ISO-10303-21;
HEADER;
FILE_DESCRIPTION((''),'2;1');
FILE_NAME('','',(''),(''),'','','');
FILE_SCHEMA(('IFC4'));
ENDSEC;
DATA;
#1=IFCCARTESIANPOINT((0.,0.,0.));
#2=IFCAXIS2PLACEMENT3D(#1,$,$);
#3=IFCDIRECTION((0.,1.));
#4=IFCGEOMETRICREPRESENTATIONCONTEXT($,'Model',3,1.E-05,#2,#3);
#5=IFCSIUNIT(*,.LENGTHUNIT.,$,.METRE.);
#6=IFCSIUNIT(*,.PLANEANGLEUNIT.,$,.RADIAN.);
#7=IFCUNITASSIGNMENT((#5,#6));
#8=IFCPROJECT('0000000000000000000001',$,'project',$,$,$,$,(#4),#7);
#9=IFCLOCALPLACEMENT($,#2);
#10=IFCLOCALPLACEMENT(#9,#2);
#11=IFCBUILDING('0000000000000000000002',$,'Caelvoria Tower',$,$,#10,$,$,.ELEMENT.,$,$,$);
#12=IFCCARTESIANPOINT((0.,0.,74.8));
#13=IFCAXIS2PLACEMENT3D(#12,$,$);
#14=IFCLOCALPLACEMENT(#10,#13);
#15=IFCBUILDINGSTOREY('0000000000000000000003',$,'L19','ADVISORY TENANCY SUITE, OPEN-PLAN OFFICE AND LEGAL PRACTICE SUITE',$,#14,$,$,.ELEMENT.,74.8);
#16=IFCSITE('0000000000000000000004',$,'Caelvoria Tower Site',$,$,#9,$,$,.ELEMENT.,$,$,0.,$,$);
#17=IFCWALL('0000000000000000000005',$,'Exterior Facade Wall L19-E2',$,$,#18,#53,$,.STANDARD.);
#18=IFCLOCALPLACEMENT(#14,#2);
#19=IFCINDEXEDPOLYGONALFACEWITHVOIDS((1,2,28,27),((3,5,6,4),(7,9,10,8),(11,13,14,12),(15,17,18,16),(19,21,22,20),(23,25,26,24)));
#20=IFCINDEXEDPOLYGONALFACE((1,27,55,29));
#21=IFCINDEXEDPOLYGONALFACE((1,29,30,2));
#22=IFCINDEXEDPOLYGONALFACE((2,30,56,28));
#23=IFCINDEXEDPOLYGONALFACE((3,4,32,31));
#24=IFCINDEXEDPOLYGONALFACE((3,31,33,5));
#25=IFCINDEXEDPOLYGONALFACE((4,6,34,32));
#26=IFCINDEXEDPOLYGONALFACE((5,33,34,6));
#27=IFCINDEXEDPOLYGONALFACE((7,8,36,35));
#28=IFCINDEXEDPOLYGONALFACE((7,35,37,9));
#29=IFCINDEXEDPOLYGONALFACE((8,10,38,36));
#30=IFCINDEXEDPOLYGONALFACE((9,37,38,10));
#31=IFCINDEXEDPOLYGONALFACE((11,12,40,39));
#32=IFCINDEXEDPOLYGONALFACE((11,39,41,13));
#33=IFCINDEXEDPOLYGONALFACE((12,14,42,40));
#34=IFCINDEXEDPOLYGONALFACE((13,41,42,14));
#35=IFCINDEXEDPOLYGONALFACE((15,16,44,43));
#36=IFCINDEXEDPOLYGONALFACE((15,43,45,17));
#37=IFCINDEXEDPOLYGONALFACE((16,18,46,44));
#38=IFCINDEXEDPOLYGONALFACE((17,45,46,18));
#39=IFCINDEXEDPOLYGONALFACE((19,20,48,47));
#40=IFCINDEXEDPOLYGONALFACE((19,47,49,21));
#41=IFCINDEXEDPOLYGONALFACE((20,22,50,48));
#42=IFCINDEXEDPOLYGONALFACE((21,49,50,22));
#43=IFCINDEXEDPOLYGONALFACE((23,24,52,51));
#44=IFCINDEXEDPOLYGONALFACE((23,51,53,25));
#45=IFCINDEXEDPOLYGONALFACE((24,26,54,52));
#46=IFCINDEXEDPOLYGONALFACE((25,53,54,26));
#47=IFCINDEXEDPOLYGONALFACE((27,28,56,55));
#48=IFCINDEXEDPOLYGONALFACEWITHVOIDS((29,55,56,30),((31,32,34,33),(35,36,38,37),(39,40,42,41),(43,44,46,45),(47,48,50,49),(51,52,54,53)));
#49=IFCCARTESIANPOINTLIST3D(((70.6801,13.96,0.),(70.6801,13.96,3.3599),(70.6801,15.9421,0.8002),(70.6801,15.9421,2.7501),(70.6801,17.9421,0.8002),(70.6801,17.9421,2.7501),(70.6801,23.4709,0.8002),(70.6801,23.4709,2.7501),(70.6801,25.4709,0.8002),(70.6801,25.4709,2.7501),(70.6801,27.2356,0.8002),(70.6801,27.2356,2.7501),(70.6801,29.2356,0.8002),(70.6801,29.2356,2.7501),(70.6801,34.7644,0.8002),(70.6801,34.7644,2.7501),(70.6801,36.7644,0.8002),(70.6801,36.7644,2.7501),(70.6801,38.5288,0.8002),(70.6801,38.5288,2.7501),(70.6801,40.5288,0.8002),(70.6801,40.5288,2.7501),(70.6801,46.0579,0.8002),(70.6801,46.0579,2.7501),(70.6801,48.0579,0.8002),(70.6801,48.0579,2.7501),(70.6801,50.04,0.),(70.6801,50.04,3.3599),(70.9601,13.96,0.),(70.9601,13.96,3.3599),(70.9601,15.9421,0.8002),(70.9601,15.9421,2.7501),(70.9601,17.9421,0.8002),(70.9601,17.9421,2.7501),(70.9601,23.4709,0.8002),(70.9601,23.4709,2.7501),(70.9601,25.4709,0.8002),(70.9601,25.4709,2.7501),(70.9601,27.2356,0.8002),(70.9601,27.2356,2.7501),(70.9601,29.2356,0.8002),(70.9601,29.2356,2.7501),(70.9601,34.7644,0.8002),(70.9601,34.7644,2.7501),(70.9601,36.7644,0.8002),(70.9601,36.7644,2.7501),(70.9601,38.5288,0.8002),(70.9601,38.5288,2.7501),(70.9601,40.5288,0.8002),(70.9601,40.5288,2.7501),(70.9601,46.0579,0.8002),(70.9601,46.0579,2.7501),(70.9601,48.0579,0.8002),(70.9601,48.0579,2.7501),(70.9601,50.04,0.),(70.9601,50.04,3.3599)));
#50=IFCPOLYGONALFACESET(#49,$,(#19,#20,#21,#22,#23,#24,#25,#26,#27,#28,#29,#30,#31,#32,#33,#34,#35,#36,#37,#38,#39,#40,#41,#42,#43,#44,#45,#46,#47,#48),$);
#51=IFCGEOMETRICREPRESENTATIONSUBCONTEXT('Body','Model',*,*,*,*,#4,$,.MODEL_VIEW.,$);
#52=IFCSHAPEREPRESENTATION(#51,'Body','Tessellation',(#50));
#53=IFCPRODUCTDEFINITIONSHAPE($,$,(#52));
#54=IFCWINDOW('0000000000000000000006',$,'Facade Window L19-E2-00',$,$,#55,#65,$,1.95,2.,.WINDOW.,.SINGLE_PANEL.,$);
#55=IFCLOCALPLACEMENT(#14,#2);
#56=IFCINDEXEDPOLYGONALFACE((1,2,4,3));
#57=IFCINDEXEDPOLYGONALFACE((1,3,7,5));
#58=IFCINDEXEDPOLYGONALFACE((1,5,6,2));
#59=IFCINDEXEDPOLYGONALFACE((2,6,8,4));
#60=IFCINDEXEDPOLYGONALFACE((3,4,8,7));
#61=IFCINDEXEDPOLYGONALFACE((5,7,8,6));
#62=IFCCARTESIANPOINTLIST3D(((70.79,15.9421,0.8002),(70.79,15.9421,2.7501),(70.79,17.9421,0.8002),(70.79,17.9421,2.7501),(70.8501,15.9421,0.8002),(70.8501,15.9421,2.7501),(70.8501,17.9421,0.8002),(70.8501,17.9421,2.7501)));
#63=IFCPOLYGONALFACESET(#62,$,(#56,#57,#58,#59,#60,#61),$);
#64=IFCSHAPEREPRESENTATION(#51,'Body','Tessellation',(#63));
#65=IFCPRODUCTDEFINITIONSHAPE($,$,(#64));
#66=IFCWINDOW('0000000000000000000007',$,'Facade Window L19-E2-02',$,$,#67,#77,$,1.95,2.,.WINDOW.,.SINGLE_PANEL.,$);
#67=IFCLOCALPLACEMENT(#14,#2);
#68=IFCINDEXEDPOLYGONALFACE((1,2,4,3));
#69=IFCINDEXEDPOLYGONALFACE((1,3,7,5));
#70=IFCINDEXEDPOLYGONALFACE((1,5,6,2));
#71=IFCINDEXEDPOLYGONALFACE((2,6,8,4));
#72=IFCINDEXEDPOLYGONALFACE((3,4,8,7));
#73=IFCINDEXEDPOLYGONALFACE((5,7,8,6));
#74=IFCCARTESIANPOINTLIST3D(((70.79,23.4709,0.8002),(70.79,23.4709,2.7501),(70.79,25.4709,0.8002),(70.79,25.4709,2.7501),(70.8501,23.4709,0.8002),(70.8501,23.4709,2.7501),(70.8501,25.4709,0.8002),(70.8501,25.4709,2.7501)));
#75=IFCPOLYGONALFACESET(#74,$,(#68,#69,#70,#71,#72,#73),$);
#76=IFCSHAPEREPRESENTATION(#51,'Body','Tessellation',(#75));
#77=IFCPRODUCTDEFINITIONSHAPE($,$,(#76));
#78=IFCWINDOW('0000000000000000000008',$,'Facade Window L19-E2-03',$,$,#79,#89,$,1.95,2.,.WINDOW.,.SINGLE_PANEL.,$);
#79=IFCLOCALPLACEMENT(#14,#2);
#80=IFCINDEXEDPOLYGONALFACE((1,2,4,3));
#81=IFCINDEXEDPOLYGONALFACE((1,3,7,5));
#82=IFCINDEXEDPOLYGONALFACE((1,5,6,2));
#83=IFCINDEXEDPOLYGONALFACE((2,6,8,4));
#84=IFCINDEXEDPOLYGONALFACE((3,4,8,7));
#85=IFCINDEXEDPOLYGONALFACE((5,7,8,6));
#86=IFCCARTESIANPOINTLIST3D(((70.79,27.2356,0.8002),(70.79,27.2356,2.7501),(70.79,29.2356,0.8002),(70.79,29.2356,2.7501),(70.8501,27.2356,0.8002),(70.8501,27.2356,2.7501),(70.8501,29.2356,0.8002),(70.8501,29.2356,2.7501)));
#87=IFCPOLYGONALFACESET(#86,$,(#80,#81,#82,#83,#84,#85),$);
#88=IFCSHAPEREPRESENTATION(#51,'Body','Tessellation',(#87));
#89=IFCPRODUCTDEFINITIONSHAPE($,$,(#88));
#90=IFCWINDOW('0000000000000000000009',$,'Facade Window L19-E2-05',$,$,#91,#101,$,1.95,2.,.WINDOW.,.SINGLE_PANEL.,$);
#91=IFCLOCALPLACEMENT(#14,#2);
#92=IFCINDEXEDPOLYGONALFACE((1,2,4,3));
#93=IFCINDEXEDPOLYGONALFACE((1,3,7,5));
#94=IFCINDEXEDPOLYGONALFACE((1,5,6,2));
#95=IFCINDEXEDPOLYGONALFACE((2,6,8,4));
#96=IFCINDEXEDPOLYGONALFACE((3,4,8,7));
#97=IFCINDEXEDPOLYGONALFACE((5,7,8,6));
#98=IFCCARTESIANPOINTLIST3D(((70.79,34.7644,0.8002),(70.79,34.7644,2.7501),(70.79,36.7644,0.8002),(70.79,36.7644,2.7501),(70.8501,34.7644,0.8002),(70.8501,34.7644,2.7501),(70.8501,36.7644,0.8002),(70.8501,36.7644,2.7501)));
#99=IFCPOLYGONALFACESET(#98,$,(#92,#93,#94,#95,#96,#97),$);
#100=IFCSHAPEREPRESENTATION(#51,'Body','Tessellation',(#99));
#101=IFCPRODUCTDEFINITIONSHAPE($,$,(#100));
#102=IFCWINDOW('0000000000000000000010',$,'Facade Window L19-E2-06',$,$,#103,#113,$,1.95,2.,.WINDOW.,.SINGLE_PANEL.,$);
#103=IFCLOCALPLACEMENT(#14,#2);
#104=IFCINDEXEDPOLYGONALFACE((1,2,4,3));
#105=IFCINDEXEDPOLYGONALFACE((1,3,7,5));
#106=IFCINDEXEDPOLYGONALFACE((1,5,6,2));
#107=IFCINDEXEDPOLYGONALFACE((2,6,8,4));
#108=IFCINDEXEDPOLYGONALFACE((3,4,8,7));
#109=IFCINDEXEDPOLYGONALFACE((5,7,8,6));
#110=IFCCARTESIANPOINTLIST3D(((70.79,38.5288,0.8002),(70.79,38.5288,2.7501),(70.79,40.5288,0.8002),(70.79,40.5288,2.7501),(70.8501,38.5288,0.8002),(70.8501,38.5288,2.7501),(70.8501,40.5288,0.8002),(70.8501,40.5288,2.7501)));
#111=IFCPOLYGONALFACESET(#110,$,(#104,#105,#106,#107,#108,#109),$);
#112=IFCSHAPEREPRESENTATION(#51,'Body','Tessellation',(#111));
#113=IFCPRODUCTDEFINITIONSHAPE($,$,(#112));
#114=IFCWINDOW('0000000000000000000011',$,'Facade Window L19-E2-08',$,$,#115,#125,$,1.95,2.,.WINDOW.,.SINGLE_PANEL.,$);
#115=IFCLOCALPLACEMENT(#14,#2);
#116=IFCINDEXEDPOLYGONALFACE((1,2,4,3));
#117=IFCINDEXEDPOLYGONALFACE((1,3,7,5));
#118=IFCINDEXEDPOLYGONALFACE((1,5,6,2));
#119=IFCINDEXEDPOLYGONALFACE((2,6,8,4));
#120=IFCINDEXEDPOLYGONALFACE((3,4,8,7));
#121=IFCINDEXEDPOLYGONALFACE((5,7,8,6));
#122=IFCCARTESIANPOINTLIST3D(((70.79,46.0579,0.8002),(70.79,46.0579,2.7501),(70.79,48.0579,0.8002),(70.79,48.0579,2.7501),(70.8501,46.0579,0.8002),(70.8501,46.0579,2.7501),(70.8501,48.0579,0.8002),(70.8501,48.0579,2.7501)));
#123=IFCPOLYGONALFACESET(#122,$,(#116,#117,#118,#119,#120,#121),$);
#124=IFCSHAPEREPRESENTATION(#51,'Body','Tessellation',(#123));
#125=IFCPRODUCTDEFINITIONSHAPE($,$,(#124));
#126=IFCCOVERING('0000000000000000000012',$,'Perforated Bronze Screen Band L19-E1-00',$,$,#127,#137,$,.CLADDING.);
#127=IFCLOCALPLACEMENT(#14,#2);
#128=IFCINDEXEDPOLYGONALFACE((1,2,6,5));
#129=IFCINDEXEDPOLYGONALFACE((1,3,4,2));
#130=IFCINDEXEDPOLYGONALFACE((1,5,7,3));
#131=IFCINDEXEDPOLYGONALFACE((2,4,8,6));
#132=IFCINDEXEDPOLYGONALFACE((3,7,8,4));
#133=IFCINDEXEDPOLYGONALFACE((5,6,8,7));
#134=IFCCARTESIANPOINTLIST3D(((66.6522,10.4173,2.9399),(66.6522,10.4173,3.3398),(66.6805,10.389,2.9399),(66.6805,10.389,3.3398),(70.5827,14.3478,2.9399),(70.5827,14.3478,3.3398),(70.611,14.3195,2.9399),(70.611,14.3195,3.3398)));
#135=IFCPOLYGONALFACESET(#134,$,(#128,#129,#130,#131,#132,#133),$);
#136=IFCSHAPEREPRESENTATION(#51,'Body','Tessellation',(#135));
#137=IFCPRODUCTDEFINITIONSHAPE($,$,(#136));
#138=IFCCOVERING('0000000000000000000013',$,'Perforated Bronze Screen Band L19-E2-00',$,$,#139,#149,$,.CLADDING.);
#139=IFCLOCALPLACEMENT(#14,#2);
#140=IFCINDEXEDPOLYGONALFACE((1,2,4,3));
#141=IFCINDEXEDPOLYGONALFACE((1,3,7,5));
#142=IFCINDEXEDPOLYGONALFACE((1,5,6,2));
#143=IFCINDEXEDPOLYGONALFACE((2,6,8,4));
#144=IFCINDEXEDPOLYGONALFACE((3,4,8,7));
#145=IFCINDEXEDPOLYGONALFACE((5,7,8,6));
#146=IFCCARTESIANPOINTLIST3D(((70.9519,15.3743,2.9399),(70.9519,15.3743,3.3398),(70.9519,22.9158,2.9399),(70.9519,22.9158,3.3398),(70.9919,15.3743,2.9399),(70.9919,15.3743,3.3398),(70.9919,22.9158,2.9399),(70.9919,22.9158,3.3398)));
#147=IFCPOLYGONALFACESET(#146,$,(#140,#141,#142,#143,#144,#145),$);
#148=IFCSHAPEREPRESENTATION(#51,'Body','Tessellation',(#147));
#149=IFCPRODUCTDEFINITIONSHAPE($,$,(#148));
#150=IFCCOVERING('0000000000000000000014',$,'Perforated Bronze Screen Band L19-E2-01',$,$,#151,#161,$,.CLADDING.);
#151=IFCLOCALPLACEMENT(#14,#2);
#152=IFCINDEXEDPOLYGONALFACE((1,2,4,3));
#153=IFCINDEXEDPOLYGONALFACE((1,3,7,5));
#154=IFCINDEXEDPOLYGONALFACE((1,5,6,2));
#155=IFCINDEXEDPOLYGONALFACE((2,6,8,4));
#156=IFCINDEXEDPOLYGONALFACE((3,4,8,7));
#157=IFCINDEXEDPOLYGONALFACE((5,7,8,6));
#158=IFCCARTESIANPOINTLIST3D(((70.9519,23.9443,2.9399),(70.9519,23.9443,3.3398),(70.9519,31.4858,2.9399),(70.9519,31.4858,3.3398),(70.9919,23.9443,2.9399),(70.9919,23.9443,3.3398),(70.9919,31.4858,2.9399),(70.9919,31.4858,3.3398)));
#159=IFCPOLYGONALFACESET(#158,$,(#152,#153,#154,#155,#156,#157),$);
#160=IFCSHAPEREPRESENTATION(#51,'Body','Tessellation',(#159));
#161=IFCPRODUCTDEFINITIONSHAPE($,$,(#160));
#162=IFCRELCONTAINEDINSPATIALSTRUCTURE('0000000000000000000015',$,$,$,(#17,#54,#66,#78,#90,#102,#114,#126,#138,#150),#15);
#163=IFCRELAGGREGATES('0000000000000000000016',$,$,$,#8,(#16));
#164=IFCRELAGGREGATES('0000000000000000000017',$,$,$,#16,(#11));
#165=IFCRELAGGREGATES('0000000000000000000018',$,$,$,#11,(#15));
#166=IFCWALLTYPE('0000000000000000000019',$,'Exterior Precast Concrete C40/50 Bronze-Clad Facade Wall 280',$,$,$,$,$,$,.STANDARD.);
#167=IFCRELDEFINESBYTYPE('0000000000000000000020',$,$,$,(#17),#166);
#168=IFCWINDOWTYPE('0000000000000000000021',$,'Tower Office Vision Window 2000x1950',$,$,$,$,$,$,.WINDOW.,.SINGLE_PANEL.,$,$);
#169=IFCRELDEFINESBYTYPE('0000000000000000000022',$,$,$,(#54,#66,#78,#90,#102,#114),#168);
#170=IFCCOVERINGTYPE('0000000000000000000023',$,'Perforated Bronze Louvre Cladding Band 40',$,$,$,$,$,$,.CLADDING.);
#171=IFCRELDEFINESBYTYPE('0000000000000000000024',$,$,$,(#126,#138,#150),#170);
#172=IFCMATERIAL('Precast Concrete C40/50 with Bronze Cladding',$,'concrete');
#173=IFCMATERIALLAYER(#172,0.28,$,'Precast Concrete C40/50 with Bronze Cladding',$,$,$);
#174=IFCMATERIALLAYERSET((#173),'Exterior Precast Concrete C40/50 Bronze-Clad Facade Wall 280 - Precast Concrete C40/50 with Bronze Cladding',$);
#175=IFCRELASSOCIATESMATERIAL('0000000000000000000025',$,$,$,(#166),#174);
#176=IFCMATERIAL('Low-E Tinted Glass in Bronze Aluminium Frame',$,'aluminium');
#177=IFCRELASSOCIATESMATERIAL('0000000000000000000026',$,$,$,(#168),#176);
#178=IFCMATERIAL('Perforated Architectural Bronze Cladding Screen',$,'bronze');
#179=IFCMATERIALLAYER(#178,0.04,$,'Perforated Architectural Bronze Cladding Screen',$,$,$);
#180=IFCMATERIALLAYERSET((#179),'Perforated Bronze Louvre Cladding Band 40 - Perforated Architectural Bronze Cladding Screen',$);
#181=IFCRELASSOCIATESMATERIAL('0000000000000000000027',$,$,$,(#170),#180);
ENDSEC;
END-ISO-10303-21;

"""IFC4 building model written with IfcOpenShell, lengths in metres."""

from ifc_helpers import new_model, si_unit, direction, frame, frame_2d, origin, origin_2d, place, context, subcontext, project, spatial, rectangle, extrude, material, layer, layer_set, type_object, element, fill, save


model = new_model("IFC4")

# Units and contexts
model_context = context("Model", 3, precision=1e-05, world=origin(), true_north=direction((0.0, 1.0)))
body_context = subcontext(model_context, "Body", "Model", "MODEL_VIEW")
ifc_project = project(units=[si_unit("LENGTHUNIT", "METRE"), si_unit("PLANEANGLEUNIT", "RADIAN")], contexts=[model_context])

# Site, building, storey
site_placement = place(None, origin())
site = spatial("IfcSite", under=ifc_project, at=site_placement, Name="Caelvoria Tower Site", CompositionType="ELEMENT", RefElevation=0.0)
building_placement = place(site_placement, origin())
building = spatial("IfcBuilding", under=site, at=building_placement, Name="Caelvoria Tower", CompositionType="ELEMENT")
storey_placement = place(building_placement, frame((0.0, 0.0, 74.8)))
storey = spatial("IfcBuildingStorey", under=building, at=storey_placement, Name="L19", Description="ADVISORY TENANCY SUITE, OPEN-PLAN OFFICE AND LEGAL PRACTICE SUITE", CompositionType="ELEMENT", Elevation=74.8)

# Shared definitions
ifc_material_1 = material(Name="Precast Concrete C40/50 with Bronze Cladding", Category="concrete")
ifc_layer_1 = layer(ifc_material_1, 0.28, Name="Precast Concrete C40/50 with Bronze Cladding")
ifc_layer_set_1 = layer_set([ifc_layer_1], Name="Exterior Precast Concrete C40/50 Bronze-Clad Facade Wall 280 - Precast Concrete C40/50 with Bronze Cladding")
wall_type = type_object("IfcWallType", Name="Exterior Precast Concrete C40/50 Bronze-Clad Facade Wall 280", PredefinedType="STANDARD", material=ifc_layer_set_1)

# Wall, openings, windows
wall_1_placement = place(storey_placement, frame((70.8201, 13.96, 0.0), z_axis=(0.0, 0.0, 1.0), x_axis=(0.0, 1.0, 0.0)))
wall_1 = element("IfcWall", 1, at=wall_1_placement, inside=storey, type_object=wall_type, Name="Exterior Facade Wall L19-E2", PredefinedType="STANDARD", context=body_context, shape_type="SweptSolid", body=[
    extrude(rectangle(XDim=36.0801, YDim=0.28, at=frame_2d((18.04, 0.0))), origin(), (0.0, 0.0, 1.0), 3.3599),
])
opening_1_placement = place(wall_1_placement, frame((1.9822, 0.0, 0.8)))
opening_1 = element("IfcOpeningElement", 2, at=opening_1_placement, cuts=wall_1, PredefinedType="OPENING", context=body_context, shape_type="SweptSolid", body=[
    extrude(rectangle(XDim=2.0, YDim=1.95, at=frame_2d((1.0, 0.9751))), frame((0.0, 0.1499, 0.0), z_axis=(0.0, -1.0, 0.0), x_axis=(1.0, 0.0, 0.0)), (0.0, 0.0, 1.0), 0.3),
])
opening_2_placement = place(wall_1_placement, frame((9.511, 0.0, 0.8)))
opening_2 = element("IfcOpeningElement", 3, at=opening_2_placement, cuts=wall_1, PredefinedType="OPENING", context=body_context, shape_type="SweptSolid", body=[
    extrude(rectangle(XDim=2.0, YDim=1.95, at=frame_2d((1.0, 0.9751))), frame((0.0, 0.1499, 0.0), z_axis=(0.0, -1.0, 0.0), x_axis=(1.0, 0.0, 0.0)), (0.0, 0.0, 1.0), 0.3),
])
opening_3_placement = place(wall_1_placement, frame((13.2756, 0.0, 0.8)))
opening_3 = element("IfcOpeningElement", 4, at=opening_3_placement, cuts=wall_1, PredefinedType="OPENING", context=body_context, shape_type="SweptSolid", body=[
    extrude(rectangle(XDim=2.0, YDim=1.95, at=frame_2d((1.0, 0.9751))), frame((0.0, 0.1499, 0.0), z_axis=(0.0, -1.0, 0.0), x_axis=(1.0, 0.0, 0.0)), (0.0, 0.0, 1.0), 0.3),
])
opening_4_placement = place(wall_1_placement, frame((20.8044, 0.0, 0.8)))
opening_4 = element("IfcOpeningElement", 5, at=opening_4_placement, cuts=wall_1, PredefinedType="OPENING", context=body_context, shape_type="SweptSolid", body=[
    extrude(rectangle(XDim=2.0, YDim=1.95, at=frame_2d((1.0, 0.9751))), frame((0.0, 0.1499, 0.0), z_axis=(0.0, -1.0, 0.0), x_axis=(1.0, 0.0, 0.0)), (0.0, 0.0, 1.0), 0.3),
])
opening_5_placement = place(wall_1_placement, frame((24.5688, 0.0, 0.8)))
opening_5 = element("IfcOpeningElement", 6, at=opening_5_placement, cuts=wall_1, PredefinedType="OPENING", context=body_context, shape_type="SweptSolid", body=[
    extrude(rectangle(XDim=2.0, YDim=1.95, at=frame_2d((1.0, 0.9751))), frame((0.0, 0.1499, 0.0), z_axis=(0.0, -1.0, 0.0), x_axis=(1.0, 0.0, 0.0)), (0.0, 0.0, 1.0), 0.3),
])
opening_6_placement = place(wall_1_placement, frame((32.0979, 0.0, 0.8)))
opening_6 = element("IfcOpeningElement", 7, at=opening_6_placement, cuts=wall_1, PredefinedType="OPENING", context=body_context, shape_type="SweptSolid", body=[
    extrude(rectangle(XDim=2.0, YDim=1.95, at=frame_2d((1.0, 0.9751))), frame((0.0, 0.1499, 0.0), z_axis=(0.0, -1.0, 0.0), x_axis=(1.0, 0.0, 0.0)), (0.0, 0.0, 1.0), 0.3),
])
ifc_material_2 = material(Name="Low-E Tinted Glass in Bronze Aluminium Frame", Category="aluminium")
window_type = type_object("IfcWindowType", Name="Tower Office Vision Window 2000x1950", PartitioningType="SINGLE_PANEL", PredefinedType="WINDOW", material=ifc_material_2)
window_1_placement = place(opening_1_placement, origin())
window_1 = element("IfcWindow", 8, at=window_1_placement, inside=storey, type_object=window_type, Name="Facade Window L19-E2-00", OverallHeight=1.95, OverallWidth=2.0, PartitioningType="SINGLE_PANEL", PredefinedType="WINDOW", context=body_context, shape_type="SweptSolid", body=[
    extrude(rectangle(XDim=2.0, YDim=1.95, at=frame_2d((1.0, 0.9751))), frame((0.0, 0.03, 0.0), z_axis=(0.0, -1.0, 0.0), x_axis=(1.0, 0.0, 0.0)), (0.0, 0.0, 1.0), 0.0601),
])
fill(opening_1, window_1)
window_2_placement = place(opening_2_placement, origin())
window_2 = element("IfcWindow", 9, at=window_2_placement, inside=storey, type_object=window_type, Name="Facade Window L19-E2-02", OverallHeight=1.95, OverallWidth=2.0, PartitioningType="SINGLE_PANEL", PredefinedType="WINDOW", context=body_context, shape_type="SweptSolid", body=[
    extrude(rectangle(XDim=2.0, YDim=1.95, at=frame_2d((1.0, 0.9751))), frame((0.0, 0.03, 0.0), z_axis=(0.0, -1.0, 0.0), x_axis=(1.0, 0.0, 0.0)), (0.0, 0.0, 1.0), 0.0601),
])
fill(opening_2, window_2)
window_3_placement = place(opening_3_placement, origin())
window_3 = element("IfcWindow", 10, at=window_3_placement, inside=storey, type_object=window_type, Name="Facade Window L19-E2-03", OverallHeight=1.95, OverallWidth=2.0, PartitioningType="SINGLE_PANEL", PredefinedType="WINDOW", context=body_context, shape_type="SweptSolid", body=[
    extrude(rectangle(XDim=2.0, YDim=1.95, at=frame_2d((1.0, 0.9751))), frame((0.0, 0.03, 0.0), z_axis=(0.0, -1.0, 0.0), x_axis=(1.0, 0.0, 0.0)), (0.0, 0.0, 1.0), 0.0601),
])
fill(opening_3, window_3)
window_4_placement = place(opening_4_placement, origin())
window_4 = element("IfcWindow", 11, at=window_4_placement, inside=storey, type_object=window_type, Name="Facade Window L19-E2-05", OverallHeight=1.95, OverallWidth=2.0, PartitioningType="SINGLE_PANEL", PredefinedType="WINDOW", context=body_context, shape_type="SweptSolid", body=[
    extrude(rectangle(XDim=2.0, YDim=1.95, at=frame_2d((1.0, 0.9751))), frame((0.0, 0.03, 0.0), z_axis=(0.0, -1.0, 0.0), x_axis=(1.0, 0.0, 0.0)), (0.0, 0.0, 1.0), 0.0601),
])
fill(opening_4, window_4)
window_5_placement = place(opening_5_placement, origin())
window_5 = element("IfcWindow", 12, at=window_5_placement, inside=storey, type_object=window_type, Name="Facade Window L19-E2-06", OverallHeight=1.95, OverallWidth=2.0, PartitioningType="SINGLE_PANEL", PredefinedType="WINDOW", context=body_context, shape_type="SweptSolid", body=[
    extrude(rectangle(XDim=2.0, YDim=1.95, at=frame_2d((1.0, 0.9751))), frame((0.0, 0.03, 0.0), z_axis=(0.0, -1.0, 0.0), x_axis=(1.0, 0.0, 0.0)), (0.0, 0.0, 1.0), 0.0601),
])
fill(opening_5, window_5)
window_6_placement = place(opening_6_placement, origin())
window_6 = element("IfcWindow", 13, at=window_6_placement, inside=storey, type_object=window_type, Name="Facade Window L19-E2-08", OverallHeight=1.95, OverallWidth=2.0, PartitioningType="SINGLE_PANEL", PredefinedType="WINDOW", context=body_context, shape_type="SweptSolid", body=[
    extrude(rectangle(XDim=2.0, YDim=1.95, at=frame_2d((1.0, 0.9751))), frame((0.0, 0.03, 0.0), z_axis=(0.0, -1.0, 0.0), x_axis=(1.0, 0.0, 0.0)), (0.0, 0.0, 1.0), 0.0601),
])
fill(opening_6, window_6)

# Coverings
ifc_material_3 = material(Name="Perforated Architectural Bronze Cladding Screen", Category="bronze")
ifc_layer_2 = layer(ifc_material_3, 0.04, Name="Perforated Architectural Bronze Cladding Screen")
ifc_layer_set_2 = layer_set([ifc_layer_2], Name="Perforated Bronze Louvre Cladding Band 40 - Perforated Architectural Bronze Cladding Screen")
covering_type = type_object("IfcCoveringType", Name="Perforated Bronze Louvre Cladding Band 40", PredefinedType="CLADDING", material=ifc_layer_set_2)
covering_placement = place(storey_placement, frame((68.6316, 12.3684, 2.9399), z_axis=(0.0, 0.0, 1.0), x_axis=(0.707107, 0.707107, 0.0)))
element("IfcCovering", 14, at=covering_placement, inside=storey, type_object=covering_type, Name="Perforated Bronze Screen Band L19-E1-00", PredefinedType="CLADDING", context=body_context, shape_type="SweptSolid", body=[
    extrude(rectangle(XDim=5.5586, YDim=0.04, at=origin_2d()), origin(), (0.0, 0.0, 1.0), 0.3999),
])
for number, where, z_axis, x_axis, name in (
    (15, (70.9719, 19.145, 2.9399), (0.0, 0.0, 1.0), (0.0, 1.0, 0.0), "Perforated Bronze Screen Band L19-E2-00"),
    (16, (70.9719, 27.7151, 2.9399), (0.0, 0.0, 1.0), (0.0, 1.0, 0.0), "Perforated Bronze Screen Band L19-E2-01"),
):
    element("IfcCovering", number, at=place(storey_placement, frame(where, z_axis=z_axis, x_axis=x_axis)), inside=storey, type_object=covering_type, Name=name, PredefinedType="CLADDING", context=body_context, shape_type="SweptSolid", body=[
        extrude(rectangle(XDim=7.5415, YDim=0.04, at=origin_2d()), origin(), (0.0, 0.0, 1.0), 0.3999),
    ])

save(model, "model.ifc")
